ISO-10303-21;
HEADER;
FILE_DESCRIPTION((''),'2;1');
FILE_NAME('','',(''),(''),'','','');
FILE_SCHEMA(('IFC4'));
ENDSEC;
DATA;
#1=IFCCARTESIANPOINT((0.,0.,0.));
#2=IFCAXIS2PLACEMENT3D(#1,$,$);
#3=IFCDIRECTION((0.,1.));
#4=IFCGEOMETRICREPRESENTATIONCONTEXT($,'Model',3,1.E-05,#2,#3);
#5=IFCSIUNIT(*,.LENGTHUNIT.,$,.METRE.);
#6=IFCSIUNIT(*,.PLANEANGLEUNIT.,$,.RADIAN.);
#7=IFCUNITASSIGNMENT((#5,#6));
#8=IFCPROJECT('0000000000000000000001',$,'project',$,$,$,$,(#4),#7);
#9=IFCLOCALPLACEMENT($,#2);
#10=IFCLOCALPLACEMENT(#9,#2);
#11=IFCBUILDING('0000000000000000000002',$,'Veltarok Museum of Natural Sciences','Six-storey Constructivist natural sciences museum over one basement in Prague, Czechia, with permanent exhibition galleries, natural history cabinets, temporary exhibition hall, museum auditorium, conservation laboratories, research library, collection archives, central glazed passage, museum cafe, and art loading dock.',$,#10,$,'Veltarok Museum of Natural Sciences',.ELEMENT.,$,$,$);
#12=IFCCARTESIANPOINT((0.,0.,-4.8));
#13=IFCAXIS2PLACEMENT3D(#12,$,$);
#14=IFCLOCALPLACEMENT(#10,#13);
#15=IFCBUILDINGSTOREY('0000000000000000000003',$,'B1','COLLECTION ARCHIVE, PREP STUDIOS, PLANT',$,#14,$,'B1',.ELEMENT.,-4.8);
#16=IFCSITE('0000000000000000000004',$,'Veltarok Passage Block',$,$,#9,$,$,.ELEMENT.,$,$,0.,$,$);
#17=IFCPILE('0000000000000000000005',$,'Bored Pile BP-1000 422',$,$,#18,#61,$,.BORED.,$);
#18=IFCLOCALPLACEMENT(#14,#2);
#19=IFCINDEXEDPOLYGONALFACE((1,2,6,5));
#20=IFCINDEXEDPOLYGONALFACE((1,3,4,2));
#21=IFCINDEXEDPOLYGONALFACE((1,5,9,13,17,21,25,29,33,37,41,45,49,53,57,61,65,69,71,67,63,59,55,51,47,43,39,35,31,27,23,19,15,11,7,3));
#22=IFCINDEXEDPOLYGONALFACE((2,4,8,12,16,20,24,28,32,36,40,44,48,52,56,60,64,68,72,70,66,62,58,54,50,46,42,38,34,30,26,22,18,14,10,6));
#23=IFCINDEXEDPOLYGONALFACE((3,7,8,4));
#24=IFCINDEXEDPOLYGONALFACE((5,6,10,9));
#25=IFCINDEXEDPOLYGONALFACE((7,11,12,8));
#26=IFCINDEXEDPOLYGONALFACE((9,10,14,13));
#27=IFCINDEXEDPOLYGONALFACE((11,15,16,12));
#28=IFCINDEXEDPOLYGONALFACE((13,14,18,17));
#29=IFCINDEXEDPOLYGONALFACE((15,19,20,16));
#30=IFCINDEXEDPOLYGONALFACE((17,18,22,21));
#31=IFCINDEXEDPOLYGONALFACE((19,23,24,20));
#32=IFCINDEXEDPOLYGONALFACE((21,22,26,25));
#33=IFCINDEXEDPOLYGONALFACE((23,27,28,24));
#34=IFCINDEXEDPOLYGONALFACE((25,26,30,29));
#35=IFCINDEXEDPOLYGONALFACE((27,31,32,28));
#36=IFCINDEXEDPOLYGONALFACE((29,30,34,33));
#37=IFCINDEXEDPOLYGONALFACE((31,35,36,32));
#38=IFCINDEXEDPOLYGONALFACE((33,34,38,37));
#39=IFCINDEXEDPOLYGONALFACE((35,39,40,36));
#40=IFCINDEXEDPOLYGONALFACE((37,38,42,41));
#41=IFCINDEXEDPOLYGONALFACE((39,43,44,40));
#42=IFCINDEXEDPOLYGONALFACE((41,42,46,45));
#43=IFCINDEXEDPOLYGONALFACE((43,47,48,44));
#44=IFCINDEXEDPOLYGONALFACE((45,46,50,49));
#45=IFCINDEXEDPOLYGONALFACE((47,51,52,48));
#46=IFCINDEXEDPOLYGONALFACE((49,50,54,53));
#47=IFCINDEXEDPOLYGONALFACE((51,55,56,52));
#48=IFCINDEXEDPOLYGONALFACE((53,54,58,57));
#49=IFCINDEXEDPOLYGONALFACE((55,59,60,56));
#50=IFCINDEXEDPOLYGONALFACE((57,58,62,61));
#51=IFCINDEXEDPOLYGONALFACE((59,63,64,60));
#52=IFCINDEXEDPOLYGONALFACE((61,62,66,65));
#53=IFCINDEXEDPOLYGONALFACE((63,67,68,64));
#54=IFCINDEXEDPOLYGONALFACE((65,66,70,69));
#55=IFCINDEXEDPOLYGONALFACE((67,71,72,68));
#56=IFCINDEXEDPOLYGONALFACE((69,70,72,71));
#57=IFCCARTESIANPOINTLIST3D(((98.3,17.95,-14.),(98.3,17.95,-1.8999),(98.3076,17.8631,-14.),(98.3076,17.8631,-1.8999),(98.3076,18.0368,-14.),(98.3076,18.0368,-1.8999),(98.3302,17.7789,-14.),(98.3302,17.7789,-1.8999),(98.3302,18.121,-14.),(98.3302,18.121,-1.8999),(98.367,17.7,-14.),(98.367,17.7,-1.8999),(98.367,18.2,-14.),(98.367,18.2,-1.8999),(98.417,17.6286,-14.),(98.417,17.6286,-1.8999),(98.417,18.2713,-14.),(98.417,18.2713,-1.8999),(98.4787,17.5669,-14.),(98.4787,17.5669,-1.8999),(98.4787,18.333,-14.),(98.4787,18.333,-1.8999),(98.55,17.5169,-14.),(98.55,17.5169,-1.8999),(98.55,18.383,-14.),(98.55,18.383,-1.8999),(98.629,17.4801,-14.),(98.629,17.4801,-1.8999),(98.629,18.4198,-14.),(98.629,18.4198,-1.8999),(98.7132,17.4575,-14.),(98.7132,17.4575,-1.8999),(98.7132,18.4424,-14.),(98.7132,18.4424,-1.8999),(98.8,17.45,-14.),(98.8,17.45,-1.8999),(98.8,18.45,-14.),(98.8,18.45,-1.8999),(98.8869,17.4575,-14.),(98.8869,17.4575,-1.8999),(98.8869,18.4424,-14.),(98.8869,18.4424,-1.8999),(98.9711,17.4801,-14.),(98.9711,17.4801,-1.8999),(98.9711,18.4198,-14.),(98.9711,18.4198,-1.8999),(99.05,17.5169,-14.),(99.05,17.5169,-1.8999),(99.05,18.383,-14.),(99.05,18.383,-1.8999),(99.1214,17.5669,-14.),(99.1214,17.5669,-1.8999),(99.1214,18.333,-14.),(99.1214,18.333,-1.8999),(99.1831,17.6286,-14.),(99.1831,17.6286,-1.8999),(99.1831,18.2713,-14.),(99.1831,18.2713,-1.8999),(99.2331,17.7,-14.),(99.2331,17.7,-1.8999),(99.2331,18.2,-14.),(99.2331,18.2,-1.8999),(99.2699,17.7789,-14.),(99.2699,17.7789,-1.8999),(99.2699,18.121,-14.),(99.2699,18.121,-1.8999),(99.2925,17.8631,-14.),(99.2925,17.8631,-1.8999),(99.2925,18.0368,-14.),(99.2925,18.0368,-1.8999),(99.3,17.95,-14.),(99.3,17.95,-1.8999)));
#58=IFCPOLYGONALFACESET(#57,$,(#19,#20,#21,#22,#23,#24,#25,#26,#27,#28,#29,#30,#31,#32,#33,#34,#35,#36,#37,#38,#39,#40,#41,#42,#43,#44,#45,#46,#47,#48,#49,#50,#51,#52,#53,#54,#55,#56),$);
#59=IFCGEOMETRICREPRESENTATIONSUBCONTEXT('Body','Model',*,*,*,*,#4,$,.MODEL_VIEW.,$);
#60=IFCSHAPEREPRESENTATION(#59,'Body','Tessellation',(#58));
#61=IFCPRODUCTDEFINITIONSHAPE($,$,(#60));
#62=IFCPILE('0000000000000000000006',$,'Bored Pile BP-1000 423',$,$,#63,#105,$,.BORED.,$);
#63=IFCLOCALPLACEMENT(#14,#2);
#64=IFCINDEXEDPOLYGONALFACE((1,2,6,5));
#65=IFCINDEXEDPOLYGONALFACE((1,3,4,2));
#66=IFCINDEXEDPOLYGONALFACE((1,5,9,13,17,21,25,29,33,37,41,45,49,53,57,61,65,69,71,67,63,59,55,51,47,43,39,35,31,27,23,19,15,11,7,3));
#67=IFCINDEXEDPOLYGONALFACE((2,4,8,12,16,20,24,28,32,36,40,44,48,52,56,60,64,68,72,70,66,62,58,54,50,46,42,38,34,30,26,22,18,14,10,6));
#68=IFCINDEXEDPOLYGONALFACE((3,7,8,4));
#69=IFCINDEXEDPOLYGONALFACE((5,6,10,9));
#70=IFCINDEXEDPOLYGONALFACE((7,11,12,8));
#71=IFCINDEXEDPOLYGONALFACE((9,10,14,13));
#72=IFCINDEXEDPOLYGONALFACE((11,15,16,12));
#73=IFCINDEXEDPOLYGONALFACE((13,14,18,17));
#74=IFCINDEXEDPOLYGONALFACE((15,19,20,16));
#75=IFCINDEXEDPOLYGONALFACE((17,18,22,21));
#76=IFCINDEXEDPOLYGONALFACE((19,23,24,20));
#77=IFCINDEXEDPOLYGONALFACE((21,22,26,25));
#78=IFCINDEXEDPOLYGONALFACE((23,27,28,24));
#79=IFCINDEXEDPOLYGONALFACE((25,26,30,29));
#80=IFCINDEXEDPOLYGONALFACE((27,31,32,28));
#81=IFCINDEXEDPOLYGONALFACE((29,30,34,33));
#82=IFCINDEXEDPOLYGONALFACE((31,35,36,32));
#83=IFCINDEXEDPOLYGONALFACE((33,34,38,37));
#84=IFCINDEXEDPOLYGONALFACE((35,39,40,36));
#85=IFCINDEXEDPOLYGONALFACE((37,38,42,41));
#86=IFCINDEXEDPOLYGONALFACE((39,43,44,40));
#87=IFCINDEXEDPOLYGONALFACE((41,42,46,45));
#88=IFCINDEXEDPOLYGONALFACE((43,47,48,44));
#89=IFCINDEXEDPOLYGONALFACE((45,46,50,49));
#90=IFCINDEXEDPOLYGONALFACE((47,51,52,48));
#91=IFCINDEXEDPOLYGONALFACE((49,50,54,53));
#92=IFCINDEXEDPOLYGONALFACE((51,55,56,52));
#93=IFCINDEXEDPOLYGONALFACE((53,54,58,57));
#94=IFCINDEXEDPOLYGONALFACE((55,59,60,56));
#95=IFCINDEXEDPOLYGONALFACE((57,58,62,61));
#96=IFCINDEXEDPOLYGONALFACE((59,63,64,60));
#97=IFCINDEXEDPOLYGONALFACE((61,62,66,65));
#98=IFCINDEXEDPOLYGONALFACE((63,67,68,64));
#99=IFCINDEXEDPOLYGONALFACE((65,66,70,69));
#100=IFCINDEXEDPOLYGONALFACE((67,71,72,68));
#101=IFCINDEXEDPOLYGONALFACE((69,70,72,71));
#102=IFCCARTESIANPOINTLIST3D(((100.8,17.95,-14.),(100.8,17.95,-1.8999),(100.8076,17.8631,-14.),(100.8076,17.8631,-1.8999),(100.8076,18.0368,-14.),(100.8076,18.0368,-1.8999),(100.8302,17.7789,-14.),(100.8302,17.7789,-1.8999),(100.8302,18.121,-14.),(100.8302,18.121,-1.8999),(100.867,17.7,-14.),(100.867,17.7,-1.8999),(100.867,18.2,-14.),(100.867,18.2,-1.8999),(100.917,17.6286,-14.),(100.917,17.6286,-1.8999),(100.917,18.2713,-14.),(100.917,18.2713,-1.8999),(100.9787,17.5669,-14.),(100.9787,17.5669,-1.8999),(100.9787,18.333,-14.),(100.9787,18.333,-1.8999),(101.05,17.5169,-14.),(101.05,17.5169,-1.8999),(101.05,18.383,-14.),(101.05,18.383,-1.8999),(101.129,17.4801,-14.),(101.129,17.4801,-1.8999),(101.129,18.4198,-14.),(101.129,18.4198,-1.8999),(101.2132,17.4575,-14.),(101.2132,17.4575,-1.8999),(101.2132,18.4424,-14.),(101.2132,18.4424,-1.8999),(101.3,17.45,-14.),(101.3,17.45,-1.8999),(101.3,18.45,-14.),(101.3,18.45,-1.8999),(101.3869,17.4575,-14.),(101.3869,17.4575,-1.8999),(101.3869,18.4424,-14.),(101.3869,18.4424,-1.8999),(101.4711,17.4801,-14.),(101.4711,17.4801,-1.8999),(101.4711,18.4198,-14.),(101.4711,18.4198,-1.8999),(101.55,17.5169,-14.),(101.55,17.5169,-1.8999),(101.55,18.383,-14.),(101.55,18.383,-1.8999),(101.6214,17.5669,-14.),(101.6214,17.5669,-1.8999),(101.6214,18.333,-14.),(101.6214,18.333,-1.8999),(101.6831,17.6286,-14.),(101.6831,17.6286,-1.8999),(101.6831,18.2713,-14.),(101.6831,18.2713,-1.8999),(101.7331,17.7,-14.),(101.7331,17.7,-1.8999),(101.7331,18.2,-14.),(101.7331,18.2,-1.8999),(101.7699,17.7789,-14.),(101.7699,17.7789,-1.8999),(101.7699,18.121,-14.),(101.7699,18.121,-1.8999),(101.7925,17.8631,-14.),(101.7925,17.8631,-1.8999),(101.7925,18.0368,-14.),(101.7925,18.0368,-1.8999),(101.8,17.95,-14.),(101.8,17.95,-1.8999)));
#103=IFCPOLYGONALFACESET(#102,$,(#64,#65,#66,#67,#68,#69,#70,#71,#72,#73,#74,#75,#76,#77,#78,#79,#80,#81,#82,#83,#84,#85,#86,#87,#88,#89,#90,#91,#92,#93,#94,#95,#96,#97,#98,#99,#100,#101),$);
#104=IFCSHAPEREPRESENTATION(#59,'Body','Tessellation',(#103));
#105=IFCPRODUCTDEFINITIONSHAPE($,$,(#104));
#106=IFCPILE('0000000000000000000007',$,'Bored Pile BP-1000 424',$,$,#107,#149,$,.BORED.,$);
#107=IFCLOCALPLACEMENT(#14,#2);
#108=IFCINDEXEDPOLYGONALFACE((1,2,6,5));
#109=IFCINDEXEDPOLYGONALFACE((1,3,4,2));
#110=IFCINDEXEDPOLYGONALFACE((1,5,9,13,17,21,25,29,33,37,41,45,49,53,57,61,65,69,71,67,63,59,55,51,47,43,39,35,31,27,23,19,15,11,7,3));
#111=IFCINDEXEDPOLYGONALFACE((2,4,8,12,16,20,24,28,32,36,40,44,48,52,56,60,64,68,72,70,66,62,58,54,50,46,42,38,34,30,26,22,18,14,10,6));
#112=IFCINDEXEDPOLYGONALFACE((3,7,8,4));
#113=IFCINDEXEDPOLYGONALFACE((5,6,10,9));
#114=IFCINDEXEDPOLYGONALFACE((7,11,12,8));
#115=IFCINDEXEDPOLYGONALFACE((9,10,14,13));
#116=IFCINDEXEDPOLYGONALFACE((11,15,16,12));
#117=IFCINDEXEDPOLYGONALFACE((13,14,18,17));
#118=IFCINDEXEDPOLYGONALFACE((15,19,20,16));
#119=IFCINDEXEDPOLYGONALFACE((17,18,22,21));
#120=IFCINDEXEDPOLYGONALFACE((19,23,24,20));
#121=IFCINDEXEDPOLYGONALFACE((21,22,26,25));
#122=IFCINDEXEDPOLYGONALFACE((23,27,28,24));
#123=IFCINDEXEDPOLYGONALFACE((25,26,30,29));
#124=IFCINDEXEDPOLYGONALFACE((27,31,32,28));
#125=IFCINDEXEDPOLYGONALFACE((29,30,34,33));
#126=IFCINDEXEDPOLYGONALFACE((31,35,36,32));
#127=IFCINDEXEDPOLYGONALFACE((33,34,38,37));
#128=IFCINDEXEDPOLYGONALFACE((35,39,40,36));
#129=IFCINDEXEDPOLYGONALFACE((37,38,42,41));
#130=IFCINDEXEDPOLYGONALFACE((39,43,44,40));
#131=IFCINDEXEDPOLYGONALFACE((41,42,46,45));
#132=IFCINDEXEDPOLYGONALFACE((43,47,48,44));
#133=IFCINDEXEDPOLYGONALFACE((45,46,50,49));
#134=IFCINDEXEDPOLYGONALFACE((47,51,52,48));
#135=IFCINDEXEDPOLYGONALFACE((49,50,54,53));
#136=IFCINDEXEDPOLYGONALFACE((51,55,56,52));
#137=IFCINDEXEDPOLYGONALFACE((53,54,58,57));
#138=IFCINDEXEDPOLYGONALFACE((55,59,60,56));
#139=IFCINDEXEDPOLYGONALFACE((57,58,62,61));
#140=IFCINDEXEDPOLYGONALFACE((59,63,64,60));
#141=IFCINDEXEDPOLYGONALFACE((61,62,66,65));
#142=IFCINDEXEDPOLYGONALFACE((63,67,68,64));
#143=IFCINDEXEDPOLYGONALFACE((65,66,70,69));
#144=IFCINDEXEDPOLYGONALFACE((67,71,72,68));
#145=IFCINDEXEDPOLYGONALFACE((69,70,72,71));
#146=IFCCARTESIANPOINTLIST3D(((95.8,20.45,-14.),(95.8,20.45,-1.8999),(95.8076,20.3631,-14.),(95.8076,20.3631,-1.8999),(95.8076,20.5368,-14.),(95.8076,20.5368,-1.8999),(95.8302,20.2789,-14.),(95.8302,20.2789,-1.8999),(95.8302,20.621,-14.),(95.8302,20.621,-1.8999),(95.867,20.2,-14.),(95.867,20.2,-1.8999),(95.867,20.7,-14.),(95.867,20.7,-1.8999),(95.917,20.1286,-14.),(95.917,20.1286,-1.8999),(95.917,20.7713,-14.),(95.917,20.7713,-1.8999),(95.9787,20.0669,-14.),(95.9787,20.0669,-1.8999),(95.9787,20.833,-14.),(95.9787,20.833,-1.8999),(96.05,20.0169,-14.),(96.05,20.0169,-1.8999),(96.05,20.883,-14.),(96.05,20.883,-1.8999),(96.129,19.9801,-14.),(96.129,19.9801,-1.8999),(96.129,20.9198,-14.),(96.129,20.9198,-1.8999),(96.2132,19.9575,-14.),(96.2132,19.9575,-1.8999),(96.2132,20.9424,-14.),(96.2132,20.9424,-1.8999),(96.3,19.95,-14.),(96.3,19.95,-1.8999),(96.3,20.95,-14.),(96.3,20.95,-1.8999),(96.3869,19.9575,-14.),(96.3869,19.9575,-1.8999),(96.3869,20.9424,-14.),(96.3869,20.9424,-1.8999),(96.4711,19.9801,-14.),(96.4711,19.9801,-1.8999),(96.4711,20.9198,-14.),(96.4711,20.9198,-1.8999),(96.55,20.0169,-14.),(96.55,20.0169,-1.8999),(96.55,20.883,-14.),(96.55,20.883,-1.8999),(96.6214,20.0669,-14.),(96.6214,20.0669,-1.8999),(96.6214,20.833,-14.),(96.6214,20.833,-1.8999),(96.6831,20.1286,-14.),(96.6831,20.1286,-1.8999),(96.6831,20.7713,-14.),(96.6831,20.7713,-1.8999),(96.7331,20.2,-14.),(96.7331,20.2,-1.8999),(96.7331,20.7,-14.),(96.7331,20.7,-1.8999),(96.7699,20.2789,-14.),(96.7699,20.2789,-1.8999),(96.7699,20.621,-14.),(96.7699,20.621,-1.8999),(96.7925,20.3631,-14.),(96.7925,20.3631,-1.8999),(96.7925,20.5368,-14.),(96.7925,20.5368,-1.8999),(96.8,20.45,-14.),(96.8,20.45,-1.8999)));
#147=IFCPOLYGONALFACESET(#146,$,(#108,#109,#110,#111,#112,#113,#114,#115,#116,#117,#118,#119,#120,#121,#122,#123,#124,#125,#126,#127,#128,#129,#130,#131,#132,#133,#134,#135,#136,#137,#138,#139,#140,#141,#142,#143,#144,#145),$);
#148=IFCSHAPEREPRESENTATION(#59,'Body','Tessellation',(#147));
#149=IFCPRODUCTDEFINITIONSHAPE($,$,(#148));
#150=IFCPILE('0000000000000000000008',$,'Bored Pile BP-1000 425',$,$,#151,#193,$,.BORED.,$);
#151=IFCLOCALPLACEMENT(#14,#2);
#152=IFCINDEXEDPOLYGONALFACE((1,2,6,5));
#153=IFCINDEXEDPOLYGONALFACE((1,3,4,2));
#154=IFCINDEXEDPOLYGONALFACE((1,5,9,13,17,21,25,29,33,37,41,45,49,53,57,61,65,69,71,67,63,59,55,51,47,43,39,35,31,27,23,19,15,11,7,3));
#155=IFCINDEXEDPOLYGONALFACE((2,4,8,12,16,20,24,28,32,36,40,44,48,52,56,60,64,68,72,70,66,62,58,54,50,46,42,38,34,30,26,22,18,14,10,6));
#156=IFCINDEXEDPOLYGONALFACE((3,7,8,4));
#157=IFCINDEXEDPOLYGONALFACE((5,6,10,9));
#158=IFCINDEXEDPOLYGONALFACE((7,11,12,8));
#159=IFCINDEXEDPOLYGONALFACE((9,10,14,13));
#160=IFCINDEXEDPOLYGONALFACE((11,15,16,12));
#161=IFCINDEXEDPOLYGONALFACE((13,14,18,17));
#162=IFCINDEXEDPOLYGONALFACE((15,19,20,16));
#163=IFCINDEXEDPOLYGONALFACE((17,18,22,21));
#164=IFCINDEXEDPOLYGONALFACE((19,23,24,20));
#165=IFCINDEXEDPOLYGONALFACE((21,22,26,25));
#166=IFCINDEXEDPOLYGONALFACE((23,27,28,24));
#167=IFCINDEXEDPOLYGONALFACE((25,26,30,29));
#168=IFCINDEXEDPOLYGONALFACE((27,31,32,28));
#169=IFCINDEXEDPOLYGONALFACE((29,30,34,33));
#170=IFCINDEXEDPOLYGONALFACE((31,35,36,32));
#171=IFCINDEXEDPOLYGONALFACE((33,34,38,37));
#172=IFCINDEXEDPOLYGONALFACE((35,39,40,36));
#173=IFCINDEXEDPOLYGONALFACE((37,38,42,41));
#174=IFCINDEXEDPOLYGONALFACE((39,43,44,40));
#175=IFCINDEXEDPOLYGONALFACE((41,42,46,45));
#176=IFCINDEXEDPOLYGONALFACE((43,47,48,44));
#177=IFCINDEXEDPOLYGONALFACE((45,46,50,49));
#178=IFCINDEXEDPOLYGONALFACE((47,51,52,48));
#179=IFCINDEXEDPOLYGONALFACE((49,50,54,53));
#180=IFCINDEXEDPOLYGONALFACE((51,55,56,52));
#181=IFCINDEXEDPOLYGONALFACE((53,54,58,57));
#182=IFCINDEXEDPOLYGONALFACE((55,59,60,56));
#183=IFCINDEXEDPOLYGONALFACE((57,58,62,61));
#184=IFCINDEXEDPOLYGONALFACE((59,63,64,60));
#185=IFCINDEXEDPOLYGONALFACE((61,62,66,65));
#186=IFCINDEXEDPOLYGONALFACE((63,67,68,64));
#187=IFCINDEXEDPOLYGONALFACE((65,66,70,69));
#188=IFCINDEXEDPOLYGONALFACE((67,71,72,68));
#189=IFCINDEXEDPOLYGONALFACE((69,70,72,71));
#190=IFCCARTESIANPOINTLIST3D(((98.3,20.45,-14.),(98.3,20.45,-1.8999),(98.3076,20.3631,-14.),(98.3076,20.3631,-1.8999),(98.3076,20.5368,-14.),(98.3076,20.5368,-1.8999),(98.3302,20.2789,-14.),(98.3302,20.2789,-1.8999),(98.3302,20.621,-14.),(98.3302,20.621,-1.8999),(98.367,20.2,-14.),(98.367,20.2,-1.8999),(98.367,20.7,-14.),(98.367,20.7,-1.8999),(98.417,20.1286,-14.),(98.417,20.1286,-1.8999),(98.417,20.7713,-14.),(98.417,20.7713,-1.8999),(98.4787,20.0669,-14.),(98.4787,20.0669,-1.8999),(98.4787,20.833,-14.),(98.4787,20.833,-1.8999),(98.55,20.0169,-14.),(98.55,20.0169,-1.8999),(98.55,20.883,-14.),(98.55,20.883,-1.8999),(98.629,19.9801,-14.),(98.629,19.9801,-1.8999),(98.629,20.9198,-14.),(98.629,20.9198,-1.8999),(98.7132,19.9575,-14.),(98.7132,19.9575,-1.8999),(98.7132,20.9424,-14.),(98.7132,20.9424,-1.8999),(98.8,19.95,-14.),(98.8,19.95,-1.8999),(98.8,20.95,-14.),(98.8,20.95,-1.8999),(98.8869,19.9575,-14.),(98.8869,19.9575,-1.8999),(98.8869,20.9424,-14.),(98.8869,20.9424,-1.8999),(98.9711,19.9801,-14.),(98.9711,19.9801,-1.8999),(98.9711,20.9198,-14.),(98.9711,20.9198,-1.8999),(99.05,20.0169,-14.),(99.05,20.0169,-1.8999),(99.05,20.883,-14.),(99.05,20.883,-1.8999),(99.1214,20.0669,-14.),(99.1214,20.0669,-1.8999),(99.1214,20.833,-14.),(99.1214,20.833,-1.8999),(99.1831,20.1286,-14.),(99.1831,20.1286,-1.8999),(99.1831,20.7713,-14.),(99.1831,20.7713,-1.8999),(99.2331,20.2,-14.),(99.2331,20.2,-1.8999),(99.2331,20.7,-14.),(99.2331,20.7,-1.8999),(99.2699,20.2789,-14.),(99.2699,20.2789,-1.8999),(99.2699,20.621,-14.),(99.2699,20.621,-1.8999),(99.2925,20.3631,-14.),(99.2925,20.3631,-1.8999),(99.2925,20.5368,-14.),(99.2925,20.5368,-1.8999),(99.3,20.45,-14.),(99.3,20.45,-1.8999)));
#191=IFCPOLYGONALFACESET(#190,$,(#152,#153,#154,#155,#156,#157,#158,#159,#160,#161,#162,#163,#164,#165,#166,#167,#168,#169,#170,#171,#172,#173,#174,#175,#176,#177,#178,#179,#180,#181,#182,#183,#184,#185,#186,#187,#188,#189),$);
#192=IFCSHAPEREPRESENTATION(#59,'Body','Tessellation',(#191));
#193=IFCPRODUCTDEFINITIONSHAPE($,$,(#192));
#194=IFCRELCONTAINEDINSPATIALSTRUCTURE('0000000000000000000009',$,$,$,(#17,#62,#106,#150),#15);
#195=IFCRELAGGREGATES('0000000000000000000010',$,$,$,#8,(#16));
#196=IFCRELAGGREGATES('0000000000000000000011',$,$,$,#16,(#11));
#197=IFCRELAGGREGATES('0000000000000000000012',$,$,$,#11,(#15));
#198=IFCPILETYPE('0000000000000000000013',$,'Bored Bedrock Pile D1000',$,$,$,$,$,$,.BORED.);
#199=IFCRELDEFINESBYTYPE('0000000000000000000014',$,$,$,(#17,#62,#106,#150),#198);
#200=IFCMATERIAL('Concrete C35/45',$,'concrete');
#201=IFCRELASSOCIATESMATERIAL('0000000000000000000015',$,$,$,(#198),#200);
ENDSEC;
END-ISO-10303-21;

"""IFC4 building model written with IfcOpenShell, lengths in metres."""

from ifc_helpers import new_model, si_unit, direction, frame, origin, origin_2d, place, context, subcontext, project, spatial, circle, extrude, material, material_profile, profile_set, type_object, element, save


model = new_model("IFC4")

# Units and contexts
model_context = context("Model", 3, precision=1e-05, world=origin(), true_north=direction((0.0, 1.0)))
body_context = subcontext(model_context, "Body", "Model", "MODEL_VIEW")
ifc_project = project(units=[si_unit("LENGTHUNIT", "METRE"), si_unit("PLANEANGLEUNIT", "RADIAN")], contexts=[model_context])

# Site, building, storey
site_placement = place(None, origin())
site = spatial("IfcSite", under=ifc_project, at=site_placement, Name="Veltarok Passage Block", CompositionType="ELEMENT", RefElevation=0.0)
building_placement = place(site_placement, origin())
building = spatial("IfcBuilding", under=site, at=building_placement, Name="Veltarok Museum of Natural Sciences", Description="Six-storey Constructivist natural sciences museum over one basement in Prague, Czechia, with permanent exhibition galleries, natural history cabinets, temporary exhibition hall, museum auditorium, conservation laboratories, research library, collection archives, central glazed passage, museum cafe, and art loading dock.", LongName="Veltarok Museum of Natural Sciences", CompositionType="ELEMENT")
storey_placement = place(building_placement, frame((0.0, 0.0, -4.8)))
storey = spatial("IfcBuildingStorey", under=building, at=storey_placement, Name="B1", Description="COLLECTION ARCHIVE, PREP STUDIOS, PLANT", LongName="B1", CompositionType="ELEMENT", Elevation=-4.8)

# Piles
ifc_material_1 = material(Name="Concrete C35/45", Category="concrete")
ifc_material_profile_1 = material_profile(ifc_material_1, circle(Radius=0.5, at=origin_2d()), Name="BP D1000")
ifc_profile_set_1 = profile_set([ifc_material_profile_1], Name="Concrete C35/45")
pile_type_1 = type_object("IfcPileType", Name="Bored Bedrock Pile D1000", PredefinedType="BORED", material=ifc_profile_set_1)
for number, where, z_axis, x_axis, name in (
    (1, (98.8, 17.95, -1.8999), (0.0, 0.0, -1.0), (1.0, 0.0, 0.0), "Bored Pile BP-1000 422"),
    (2, (101.3, 17.95, -1.8999), (0.0, 0.0, -1.0), (1.0, 0.0, 0.0), "Bored Pile BP-1000 423"),
    (3, (96.3, 20.45, -1.8999), (0.0, 0.0, -1.0), (1.0, 0.0, 0.0), "Bored Pile BP-1000 424"),
    (4, (98.8, 20.45, -1.8999), (0.0, 0.0, -1.0), (1.0, 0.0, 0.0), "Bored Pile BP-1000 425"),
):
    element("IfcPile", number, at=place(storey_placement, frame(where, z_axis=z_axis, x_axis=x_axis)), inside=storey, type_object=pile_type_1, Name=name, PredefinedType="BORED", context=body_context, shape_type="SweptSolid", body=[
        extrude(circle(Radius=0.5, at=origin_2d()), origin(), (0.0, 0.0, 1.0), 12.1001),
    ])

save(model, "model.ifc")
